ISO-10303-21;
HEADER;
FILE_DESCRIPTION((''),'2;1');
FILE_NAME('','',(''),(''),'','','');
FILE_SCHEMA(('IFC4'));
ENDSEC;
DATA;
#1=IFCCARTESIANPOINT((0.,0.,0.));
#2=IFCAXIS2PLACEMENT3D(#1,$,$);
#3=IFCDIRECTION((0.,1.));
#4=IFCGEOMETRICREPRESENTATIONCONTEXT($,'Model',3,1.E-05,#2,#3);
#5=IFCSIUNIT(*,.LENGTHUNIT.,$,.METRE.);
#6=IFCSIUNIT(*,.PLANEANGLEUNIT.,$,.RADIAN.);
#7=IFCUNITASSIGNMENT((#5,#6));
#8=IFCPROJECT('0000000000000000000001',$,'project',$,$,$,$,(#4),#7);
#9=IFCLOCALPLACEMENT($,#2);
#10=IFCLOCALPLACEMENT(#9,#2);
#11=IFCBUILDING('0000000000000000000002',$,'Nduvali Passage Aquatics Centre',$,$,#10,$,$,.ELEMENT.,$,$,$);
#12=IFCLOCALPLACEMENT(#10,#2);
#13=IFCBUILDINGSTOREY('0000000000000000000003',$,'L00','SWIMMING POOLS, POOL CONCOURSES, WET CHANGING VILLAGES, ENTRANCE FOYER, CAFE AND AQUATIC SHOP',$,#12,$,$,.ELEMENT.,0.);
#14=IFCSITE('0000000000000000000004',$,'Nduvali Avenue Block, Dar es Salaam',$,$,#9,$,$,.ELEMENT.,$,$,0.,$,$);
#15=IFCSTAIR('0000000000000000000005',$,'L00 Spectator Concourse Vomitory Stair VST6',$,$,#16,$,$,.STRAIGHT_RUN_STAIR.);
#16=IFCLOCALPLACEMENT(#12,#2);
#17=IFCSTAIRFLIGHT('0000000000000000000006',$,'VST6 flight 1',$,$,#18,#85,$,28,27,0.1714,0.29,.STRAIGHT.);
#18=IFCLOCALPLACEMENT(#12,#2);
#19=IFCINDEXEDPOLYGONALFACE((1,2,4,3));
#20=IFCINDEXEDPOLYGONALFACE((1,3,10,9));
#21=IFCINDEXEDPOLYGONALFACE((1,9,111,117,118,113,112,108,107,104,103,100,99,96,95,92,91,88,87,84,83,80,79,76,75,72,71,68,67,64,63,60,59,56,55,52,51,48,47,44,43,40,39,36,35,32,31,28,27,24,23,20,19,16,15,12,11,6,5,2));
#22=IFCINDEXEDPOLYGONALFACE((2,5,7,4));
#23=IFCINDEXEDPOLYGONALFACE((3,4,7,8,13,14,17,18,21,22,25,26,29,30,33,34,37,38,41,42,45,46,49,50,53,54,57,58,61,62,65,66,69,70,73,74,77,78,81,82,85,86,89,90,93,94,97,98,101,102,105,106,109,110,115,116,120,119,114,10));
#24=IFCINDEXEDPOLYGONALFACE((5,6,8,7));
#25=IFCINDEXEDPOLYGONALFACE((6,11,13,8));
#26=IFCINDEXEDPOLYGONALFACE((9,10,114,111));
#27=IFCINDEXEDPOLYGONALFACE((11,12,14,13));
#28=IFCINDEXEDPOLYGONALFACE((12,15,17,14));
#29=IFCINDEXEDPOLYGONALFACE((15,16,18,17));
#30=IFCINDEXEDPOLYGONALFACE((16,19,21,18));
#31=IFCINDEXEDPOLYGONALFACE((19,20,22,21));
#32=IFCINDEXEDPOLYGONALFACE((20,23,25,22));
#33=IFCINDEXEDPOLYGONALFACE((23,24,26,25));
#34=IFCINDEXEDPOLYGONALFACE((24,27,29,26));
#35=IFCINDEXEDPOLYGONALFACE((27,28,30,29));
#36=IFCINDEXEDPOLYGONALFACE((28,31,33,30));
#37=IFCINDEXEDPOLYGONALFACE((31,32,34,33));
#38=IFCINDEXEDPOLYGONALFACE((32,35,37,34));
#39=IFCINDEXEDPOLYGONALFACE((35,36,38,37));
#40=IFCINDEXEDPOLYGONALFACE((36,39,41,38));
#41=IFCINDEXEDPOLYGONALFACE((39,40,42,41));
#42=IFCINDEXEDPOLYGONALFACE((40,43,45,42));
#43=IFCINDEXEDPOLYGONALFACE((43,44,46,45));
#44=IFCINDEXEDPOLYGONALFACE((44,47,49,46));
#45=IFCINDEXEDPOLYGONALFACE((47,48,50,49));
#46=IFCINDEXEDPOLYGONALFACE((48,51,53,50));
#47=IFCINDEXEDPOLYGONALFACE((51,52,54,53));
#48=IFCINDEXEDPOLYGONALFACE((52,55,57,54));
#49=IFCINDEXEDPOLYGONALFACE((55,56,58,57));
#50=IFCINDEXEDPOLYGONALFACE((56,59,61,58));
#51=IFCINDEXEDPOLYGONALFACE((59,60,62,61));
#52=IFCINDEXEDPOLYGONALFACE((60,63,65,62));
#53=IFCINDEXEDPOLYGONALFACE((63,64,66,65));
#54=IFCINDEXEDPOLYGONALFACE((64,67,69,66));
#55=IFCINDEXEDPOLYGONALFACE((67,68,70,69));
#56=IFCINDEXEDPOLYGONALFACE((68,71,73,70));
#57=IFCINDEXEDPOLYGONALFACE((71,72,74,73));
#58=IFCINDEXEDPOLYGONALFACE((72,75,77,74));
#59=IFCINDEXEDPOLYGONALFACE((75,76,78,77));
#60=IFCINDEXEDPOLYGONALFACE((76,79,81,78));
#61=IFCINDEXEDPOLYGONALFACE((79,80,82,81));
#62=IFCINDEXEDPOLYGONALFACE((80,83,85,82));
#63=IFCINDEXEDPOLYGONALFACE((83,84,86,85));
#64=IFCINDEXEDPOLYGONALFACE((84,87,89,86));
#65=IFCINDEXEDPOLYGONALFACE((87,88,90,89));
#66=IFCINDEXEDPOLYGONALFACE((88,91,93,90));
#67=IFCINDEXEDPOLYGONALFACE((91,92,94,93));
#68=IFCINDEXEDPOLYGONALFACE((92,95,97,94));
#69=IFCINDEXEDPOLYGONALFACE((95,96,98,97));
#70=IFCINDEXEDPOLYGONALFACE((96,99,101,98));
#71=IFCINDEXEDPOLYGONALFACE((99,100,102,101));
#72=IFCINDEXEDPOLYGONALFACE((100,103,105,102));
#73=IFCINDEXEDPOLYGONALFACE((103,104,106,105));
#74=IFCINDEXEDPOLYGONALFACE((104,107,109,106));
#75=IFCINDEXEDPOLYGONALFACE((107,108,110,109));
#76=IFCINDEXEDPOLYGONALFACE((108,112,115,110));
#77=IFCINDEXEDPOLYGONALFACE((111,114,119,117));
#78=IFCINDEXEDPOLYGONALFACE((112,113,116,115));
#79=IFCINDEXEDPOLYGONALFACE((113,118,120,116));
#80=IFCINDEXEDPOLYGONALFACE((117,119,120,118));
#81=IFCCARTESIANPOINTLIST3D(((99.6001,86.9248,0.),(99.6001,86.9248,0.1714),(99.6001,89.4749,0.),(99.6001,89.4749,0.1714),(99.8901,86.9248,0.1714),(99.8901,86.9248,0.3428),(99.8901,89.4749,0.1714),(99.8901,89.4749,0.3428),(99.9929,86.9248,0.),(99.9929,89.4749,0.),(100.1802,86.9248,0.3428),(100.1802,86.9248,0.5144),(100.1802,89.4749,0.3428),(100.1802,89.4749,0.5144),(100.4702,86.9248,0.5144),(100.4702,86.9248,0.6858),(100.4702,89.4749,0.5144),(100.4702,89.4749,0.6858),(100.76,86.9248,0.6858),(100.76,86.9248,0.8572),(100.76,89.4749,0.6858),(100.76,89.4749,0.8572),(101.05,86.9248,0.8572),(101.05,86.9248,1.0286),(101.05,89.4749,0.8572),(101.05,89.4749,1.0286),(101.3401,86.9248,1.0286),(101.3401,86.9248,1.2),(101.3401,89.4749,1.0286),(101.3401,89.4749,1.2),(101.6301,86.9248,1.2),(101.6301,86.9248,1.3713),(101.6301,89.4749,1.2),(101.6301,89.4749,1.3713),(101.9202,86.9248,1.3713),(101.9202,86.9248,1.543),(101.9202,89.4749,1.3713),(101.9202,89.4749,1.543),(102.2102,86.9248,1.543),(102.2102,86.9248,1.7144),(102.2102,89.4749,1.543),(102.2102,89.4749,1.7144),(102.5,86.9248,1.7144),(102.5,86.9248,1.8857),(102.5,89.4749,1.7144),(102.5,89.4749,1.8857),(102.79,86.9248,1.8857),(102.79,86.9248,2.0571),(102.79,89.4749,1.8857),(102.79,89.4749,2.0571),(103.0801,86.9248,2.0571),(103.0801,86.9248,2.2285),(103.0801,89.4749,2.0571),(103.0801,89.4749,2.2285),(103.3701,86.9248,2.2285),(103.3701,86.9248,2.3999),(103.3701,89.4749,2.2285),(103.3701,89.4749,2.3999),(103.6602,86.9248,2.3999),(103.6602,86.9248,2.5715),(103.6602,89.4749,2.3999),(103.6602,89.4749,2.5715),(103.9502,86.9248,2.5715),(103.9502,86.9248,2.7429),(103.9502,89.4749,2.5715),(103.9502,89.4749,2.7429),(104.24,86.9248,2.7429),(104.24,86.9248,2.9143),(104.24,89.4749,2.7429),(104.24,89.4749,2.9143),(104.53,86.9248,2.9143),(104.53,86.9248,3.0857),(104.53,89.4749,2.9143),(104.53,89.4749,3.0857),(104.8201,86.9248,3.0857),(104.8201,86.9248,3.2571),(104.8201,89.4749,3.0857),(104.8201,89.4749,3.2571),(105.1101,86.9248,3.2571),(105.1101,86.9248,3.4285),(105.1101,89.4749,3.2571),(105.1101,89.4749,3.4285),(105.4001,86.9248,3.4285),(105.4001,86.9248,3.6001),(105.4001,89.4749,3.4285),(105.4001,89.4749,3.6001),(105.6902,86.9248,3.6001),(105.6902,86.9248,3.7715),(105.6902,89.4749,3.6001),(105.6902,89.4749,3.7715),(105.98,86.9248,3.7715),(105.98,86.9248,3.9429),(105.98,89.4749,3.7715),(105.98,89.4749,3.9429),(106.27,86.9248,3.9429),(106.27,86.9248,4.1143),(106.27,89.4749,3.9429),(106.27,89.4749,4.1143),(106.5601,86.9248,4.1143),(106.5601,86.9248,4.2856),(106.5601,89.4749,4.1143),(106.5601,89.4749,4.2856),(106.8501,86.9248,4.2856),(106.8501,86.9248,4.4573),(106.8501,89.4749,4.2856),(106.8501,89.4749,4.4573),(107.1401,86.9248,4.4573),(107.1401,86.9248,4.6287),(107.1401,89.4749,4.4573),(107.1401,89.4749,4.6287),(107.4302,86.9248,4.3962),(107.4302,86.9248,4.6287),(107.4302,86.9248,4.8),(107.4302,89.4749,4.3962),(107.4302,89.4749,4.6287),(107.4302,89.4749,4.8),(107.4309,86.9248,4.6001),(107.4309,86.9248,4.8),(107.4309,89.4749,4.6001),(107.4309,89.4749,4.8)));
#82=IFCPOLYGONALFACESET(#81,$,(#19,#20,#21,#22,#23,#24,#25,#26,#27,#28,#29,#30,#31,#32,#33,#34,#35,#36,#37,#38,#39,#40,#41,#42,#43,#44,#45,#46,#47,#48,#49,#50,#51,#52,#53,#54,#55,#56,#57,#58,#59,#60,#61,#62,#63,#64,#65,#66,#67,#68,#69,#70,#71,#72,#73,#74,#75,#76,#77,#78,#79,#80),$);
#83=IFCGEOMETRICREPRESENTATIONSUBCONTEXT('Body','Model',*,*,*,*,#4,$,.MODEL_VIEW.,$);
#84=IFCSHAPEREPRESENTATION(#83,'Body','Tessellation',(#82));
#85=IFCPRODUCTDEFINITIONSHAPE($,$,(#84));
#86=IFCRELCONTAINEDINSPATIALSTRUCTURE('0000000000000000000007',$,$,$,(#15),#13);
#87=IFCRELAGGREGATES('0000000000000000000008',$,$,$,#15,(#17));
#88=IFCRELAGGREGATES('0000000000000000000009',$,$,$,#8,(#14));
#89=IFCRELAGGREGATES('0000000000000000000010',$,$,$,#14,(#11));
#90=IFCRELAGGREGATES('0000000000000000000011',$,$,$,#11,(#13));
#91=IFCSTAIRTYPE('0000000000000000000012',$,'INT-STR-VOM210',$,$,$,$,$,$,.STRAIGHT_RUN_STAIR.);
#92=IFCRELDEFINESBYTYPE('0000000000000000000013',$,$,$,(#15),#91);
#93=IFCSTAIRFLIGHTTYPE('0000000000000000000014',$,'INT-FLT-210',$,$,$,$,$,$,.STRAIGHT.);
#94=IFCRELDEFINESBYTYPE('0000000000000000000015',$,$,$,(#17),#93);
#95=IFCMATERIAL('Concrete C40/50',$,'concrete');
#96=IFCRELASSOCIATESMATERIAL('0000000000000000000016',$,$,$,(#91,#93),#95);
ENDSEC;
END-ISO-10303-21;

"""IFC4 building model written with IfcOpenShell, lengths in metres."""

from ifc_helpers import new_model, si_unit, direction, frame, origin, place, context, subcontext, project, spatial, polyline, outline, extrude, material, type_object, element, aggregate, save


model = new_model("IFC4")

# Units and contexts
model_context = context("Model", 3, precision=1e-05, world=origin(), true_north=direction((0.0, 1.0)))
body_context = subcontext(model_context, "Body", "Model", "MODEL_VIEW")
ifc_project = project(units=[si_unit("LENGTHUNIT", "METRE"), si_unit("PLANEANGLEUNIT", "RADIAN")], contexts=[model_context])

# Site, building, storey
site_placement = place(None, origin())
site = spatial("IfcSite", under=ifc_project, at=site_placement, Name="Nduvali Avenue Block, Dar es Salaam", CompositionType="ELEMENT", RefElevation=0.0)
building_placement = place(site_placement, origin())
building = spatial("IfcBuilding", under=site, at=building_placement, Name="Nduvali Passage Aquatics Centre", CompositionType="ELEMENT")
storey_placement = place(building_placement, origin())
storey = spatial("IfcBuildingStorey", under=building, at=storey_placement, Name="L00", Description="SWIMMING POOLS, POOL CONCOURSES, WET CHANGING VILLAGES, ENTRANCE FOYER, CAFE AND AQUATIC SHOP", CompositionType="ELEMENT", Elevation=0.0)

# Shared definitions
ifc_material_1 = material(Name="Concrete C40/50", Category="concrete")

# Stair, stair flight
stair_type = type_object("IfcStairType", Name="INT-STR-VOM210", PredefinedType="STRAIGHT_RUN_STAIR", material=ifc_material_1)
stair_placement = place(storey_placement, origin())
stair = element("IfcStair", 1, at=stair_placement, inside=storey, type_object=stair_type, Name="L00 Spectator Concourse Vomitory Stair VST6", PredefinedType="STRAIGHT_RUN_STAIR")
stair_flight_type = type_object("IfcStairFlightType", Name="INT-FLT-210", PredefinedType="STRAIGHT", material=ifc_material_1)
stair_flight_placement = place(storey_placement, frame((99.6001, 88.2, 0.0), z_axis=(0.0, 0.0, 1.0), x_axis=(1.0, 0.0, 0.0)))
stair_flight = element("IfcStairFlight", 2, at=stair_flight_placement, type_object=stair_flight_type, Name="VST6 flight 1", NumberOfRisers=28, NumberOfTreads=27, PredefinedType="STRAIGHT", RiserHeight=0.1714, TreadLength=0.29, context=body_context, shape_type="SweptSolid", body=[
    extrude(outline(polyline([(0.0, 0.0), (0.0, 0.1714), (0.29, 0.1714), (0.29, 0.3428), (0.5801, 0.3428), (0.5801, 0.5144), (0.8701, 0.5144), (0.8701, 0.6858), (1.1599, 0.6858), (1.1599, 0.8572), (1.45, 0.8572), (1.45, 1.0286), (1.74, 1.0286), (1.74, 1.2), (2.03, 1.2), (2.03, 1.3713), (2.3201, 1.3713), (2.3201, 1.543), (2.6101, 1.543), (2.6101, 1.7144), (2.8999, 1.7144), (2.8999, 1.8857), (3.1899, 1.8857), (3.1899, 2.0571), (3.48, 2.0571), (3.48, 2.2285), (3.77, 2.2285), (3.77, 2.3999), (4.0601, 2.3999), (4.0601, 2.5715), (4.3501, 2.5715), (4.3501, 2.7429), (4.6399, 2.7429), (4.6399, 2.9143), (4.9299, 2.9143), (4.9299, 3.0857), (5.22, 3.0857), (5.22, 3.2571), (5.51, 3.2571), (5.51, 3.4285), (5.8, 3.4285), (5.8, 3.6001), (6.0901, 3.6001), (6.0901, 3.7715), (6.3799, 3.7715), (6.3799, 3.9429), (6.6699, 3.9429), (6.6699, 4.1143), (6.96, 4.1143), (6.96, 4.2856), (7.25, 4.2856), (7.25, 4.4573), (7.54, 4.4573), (7.54, 4.6287), (7.8301, 4.6287), (7.8301, 4.8), (7.8308, 4.8), (7.8308, 4.6001), (7.8301, 4.3962), (0.3928, 0.0), (0.0, 0.0)])), frame((0.0, 1.2749, 0.0), z_axis=(0.0, -1.0, 0.0), x_axis=(1.0, 0.0, 0.0)), (0.0, 0.0, 1.0), 2.55),
])
aggregate(stair, [stair_flight])

save(model, "model.ifc")
